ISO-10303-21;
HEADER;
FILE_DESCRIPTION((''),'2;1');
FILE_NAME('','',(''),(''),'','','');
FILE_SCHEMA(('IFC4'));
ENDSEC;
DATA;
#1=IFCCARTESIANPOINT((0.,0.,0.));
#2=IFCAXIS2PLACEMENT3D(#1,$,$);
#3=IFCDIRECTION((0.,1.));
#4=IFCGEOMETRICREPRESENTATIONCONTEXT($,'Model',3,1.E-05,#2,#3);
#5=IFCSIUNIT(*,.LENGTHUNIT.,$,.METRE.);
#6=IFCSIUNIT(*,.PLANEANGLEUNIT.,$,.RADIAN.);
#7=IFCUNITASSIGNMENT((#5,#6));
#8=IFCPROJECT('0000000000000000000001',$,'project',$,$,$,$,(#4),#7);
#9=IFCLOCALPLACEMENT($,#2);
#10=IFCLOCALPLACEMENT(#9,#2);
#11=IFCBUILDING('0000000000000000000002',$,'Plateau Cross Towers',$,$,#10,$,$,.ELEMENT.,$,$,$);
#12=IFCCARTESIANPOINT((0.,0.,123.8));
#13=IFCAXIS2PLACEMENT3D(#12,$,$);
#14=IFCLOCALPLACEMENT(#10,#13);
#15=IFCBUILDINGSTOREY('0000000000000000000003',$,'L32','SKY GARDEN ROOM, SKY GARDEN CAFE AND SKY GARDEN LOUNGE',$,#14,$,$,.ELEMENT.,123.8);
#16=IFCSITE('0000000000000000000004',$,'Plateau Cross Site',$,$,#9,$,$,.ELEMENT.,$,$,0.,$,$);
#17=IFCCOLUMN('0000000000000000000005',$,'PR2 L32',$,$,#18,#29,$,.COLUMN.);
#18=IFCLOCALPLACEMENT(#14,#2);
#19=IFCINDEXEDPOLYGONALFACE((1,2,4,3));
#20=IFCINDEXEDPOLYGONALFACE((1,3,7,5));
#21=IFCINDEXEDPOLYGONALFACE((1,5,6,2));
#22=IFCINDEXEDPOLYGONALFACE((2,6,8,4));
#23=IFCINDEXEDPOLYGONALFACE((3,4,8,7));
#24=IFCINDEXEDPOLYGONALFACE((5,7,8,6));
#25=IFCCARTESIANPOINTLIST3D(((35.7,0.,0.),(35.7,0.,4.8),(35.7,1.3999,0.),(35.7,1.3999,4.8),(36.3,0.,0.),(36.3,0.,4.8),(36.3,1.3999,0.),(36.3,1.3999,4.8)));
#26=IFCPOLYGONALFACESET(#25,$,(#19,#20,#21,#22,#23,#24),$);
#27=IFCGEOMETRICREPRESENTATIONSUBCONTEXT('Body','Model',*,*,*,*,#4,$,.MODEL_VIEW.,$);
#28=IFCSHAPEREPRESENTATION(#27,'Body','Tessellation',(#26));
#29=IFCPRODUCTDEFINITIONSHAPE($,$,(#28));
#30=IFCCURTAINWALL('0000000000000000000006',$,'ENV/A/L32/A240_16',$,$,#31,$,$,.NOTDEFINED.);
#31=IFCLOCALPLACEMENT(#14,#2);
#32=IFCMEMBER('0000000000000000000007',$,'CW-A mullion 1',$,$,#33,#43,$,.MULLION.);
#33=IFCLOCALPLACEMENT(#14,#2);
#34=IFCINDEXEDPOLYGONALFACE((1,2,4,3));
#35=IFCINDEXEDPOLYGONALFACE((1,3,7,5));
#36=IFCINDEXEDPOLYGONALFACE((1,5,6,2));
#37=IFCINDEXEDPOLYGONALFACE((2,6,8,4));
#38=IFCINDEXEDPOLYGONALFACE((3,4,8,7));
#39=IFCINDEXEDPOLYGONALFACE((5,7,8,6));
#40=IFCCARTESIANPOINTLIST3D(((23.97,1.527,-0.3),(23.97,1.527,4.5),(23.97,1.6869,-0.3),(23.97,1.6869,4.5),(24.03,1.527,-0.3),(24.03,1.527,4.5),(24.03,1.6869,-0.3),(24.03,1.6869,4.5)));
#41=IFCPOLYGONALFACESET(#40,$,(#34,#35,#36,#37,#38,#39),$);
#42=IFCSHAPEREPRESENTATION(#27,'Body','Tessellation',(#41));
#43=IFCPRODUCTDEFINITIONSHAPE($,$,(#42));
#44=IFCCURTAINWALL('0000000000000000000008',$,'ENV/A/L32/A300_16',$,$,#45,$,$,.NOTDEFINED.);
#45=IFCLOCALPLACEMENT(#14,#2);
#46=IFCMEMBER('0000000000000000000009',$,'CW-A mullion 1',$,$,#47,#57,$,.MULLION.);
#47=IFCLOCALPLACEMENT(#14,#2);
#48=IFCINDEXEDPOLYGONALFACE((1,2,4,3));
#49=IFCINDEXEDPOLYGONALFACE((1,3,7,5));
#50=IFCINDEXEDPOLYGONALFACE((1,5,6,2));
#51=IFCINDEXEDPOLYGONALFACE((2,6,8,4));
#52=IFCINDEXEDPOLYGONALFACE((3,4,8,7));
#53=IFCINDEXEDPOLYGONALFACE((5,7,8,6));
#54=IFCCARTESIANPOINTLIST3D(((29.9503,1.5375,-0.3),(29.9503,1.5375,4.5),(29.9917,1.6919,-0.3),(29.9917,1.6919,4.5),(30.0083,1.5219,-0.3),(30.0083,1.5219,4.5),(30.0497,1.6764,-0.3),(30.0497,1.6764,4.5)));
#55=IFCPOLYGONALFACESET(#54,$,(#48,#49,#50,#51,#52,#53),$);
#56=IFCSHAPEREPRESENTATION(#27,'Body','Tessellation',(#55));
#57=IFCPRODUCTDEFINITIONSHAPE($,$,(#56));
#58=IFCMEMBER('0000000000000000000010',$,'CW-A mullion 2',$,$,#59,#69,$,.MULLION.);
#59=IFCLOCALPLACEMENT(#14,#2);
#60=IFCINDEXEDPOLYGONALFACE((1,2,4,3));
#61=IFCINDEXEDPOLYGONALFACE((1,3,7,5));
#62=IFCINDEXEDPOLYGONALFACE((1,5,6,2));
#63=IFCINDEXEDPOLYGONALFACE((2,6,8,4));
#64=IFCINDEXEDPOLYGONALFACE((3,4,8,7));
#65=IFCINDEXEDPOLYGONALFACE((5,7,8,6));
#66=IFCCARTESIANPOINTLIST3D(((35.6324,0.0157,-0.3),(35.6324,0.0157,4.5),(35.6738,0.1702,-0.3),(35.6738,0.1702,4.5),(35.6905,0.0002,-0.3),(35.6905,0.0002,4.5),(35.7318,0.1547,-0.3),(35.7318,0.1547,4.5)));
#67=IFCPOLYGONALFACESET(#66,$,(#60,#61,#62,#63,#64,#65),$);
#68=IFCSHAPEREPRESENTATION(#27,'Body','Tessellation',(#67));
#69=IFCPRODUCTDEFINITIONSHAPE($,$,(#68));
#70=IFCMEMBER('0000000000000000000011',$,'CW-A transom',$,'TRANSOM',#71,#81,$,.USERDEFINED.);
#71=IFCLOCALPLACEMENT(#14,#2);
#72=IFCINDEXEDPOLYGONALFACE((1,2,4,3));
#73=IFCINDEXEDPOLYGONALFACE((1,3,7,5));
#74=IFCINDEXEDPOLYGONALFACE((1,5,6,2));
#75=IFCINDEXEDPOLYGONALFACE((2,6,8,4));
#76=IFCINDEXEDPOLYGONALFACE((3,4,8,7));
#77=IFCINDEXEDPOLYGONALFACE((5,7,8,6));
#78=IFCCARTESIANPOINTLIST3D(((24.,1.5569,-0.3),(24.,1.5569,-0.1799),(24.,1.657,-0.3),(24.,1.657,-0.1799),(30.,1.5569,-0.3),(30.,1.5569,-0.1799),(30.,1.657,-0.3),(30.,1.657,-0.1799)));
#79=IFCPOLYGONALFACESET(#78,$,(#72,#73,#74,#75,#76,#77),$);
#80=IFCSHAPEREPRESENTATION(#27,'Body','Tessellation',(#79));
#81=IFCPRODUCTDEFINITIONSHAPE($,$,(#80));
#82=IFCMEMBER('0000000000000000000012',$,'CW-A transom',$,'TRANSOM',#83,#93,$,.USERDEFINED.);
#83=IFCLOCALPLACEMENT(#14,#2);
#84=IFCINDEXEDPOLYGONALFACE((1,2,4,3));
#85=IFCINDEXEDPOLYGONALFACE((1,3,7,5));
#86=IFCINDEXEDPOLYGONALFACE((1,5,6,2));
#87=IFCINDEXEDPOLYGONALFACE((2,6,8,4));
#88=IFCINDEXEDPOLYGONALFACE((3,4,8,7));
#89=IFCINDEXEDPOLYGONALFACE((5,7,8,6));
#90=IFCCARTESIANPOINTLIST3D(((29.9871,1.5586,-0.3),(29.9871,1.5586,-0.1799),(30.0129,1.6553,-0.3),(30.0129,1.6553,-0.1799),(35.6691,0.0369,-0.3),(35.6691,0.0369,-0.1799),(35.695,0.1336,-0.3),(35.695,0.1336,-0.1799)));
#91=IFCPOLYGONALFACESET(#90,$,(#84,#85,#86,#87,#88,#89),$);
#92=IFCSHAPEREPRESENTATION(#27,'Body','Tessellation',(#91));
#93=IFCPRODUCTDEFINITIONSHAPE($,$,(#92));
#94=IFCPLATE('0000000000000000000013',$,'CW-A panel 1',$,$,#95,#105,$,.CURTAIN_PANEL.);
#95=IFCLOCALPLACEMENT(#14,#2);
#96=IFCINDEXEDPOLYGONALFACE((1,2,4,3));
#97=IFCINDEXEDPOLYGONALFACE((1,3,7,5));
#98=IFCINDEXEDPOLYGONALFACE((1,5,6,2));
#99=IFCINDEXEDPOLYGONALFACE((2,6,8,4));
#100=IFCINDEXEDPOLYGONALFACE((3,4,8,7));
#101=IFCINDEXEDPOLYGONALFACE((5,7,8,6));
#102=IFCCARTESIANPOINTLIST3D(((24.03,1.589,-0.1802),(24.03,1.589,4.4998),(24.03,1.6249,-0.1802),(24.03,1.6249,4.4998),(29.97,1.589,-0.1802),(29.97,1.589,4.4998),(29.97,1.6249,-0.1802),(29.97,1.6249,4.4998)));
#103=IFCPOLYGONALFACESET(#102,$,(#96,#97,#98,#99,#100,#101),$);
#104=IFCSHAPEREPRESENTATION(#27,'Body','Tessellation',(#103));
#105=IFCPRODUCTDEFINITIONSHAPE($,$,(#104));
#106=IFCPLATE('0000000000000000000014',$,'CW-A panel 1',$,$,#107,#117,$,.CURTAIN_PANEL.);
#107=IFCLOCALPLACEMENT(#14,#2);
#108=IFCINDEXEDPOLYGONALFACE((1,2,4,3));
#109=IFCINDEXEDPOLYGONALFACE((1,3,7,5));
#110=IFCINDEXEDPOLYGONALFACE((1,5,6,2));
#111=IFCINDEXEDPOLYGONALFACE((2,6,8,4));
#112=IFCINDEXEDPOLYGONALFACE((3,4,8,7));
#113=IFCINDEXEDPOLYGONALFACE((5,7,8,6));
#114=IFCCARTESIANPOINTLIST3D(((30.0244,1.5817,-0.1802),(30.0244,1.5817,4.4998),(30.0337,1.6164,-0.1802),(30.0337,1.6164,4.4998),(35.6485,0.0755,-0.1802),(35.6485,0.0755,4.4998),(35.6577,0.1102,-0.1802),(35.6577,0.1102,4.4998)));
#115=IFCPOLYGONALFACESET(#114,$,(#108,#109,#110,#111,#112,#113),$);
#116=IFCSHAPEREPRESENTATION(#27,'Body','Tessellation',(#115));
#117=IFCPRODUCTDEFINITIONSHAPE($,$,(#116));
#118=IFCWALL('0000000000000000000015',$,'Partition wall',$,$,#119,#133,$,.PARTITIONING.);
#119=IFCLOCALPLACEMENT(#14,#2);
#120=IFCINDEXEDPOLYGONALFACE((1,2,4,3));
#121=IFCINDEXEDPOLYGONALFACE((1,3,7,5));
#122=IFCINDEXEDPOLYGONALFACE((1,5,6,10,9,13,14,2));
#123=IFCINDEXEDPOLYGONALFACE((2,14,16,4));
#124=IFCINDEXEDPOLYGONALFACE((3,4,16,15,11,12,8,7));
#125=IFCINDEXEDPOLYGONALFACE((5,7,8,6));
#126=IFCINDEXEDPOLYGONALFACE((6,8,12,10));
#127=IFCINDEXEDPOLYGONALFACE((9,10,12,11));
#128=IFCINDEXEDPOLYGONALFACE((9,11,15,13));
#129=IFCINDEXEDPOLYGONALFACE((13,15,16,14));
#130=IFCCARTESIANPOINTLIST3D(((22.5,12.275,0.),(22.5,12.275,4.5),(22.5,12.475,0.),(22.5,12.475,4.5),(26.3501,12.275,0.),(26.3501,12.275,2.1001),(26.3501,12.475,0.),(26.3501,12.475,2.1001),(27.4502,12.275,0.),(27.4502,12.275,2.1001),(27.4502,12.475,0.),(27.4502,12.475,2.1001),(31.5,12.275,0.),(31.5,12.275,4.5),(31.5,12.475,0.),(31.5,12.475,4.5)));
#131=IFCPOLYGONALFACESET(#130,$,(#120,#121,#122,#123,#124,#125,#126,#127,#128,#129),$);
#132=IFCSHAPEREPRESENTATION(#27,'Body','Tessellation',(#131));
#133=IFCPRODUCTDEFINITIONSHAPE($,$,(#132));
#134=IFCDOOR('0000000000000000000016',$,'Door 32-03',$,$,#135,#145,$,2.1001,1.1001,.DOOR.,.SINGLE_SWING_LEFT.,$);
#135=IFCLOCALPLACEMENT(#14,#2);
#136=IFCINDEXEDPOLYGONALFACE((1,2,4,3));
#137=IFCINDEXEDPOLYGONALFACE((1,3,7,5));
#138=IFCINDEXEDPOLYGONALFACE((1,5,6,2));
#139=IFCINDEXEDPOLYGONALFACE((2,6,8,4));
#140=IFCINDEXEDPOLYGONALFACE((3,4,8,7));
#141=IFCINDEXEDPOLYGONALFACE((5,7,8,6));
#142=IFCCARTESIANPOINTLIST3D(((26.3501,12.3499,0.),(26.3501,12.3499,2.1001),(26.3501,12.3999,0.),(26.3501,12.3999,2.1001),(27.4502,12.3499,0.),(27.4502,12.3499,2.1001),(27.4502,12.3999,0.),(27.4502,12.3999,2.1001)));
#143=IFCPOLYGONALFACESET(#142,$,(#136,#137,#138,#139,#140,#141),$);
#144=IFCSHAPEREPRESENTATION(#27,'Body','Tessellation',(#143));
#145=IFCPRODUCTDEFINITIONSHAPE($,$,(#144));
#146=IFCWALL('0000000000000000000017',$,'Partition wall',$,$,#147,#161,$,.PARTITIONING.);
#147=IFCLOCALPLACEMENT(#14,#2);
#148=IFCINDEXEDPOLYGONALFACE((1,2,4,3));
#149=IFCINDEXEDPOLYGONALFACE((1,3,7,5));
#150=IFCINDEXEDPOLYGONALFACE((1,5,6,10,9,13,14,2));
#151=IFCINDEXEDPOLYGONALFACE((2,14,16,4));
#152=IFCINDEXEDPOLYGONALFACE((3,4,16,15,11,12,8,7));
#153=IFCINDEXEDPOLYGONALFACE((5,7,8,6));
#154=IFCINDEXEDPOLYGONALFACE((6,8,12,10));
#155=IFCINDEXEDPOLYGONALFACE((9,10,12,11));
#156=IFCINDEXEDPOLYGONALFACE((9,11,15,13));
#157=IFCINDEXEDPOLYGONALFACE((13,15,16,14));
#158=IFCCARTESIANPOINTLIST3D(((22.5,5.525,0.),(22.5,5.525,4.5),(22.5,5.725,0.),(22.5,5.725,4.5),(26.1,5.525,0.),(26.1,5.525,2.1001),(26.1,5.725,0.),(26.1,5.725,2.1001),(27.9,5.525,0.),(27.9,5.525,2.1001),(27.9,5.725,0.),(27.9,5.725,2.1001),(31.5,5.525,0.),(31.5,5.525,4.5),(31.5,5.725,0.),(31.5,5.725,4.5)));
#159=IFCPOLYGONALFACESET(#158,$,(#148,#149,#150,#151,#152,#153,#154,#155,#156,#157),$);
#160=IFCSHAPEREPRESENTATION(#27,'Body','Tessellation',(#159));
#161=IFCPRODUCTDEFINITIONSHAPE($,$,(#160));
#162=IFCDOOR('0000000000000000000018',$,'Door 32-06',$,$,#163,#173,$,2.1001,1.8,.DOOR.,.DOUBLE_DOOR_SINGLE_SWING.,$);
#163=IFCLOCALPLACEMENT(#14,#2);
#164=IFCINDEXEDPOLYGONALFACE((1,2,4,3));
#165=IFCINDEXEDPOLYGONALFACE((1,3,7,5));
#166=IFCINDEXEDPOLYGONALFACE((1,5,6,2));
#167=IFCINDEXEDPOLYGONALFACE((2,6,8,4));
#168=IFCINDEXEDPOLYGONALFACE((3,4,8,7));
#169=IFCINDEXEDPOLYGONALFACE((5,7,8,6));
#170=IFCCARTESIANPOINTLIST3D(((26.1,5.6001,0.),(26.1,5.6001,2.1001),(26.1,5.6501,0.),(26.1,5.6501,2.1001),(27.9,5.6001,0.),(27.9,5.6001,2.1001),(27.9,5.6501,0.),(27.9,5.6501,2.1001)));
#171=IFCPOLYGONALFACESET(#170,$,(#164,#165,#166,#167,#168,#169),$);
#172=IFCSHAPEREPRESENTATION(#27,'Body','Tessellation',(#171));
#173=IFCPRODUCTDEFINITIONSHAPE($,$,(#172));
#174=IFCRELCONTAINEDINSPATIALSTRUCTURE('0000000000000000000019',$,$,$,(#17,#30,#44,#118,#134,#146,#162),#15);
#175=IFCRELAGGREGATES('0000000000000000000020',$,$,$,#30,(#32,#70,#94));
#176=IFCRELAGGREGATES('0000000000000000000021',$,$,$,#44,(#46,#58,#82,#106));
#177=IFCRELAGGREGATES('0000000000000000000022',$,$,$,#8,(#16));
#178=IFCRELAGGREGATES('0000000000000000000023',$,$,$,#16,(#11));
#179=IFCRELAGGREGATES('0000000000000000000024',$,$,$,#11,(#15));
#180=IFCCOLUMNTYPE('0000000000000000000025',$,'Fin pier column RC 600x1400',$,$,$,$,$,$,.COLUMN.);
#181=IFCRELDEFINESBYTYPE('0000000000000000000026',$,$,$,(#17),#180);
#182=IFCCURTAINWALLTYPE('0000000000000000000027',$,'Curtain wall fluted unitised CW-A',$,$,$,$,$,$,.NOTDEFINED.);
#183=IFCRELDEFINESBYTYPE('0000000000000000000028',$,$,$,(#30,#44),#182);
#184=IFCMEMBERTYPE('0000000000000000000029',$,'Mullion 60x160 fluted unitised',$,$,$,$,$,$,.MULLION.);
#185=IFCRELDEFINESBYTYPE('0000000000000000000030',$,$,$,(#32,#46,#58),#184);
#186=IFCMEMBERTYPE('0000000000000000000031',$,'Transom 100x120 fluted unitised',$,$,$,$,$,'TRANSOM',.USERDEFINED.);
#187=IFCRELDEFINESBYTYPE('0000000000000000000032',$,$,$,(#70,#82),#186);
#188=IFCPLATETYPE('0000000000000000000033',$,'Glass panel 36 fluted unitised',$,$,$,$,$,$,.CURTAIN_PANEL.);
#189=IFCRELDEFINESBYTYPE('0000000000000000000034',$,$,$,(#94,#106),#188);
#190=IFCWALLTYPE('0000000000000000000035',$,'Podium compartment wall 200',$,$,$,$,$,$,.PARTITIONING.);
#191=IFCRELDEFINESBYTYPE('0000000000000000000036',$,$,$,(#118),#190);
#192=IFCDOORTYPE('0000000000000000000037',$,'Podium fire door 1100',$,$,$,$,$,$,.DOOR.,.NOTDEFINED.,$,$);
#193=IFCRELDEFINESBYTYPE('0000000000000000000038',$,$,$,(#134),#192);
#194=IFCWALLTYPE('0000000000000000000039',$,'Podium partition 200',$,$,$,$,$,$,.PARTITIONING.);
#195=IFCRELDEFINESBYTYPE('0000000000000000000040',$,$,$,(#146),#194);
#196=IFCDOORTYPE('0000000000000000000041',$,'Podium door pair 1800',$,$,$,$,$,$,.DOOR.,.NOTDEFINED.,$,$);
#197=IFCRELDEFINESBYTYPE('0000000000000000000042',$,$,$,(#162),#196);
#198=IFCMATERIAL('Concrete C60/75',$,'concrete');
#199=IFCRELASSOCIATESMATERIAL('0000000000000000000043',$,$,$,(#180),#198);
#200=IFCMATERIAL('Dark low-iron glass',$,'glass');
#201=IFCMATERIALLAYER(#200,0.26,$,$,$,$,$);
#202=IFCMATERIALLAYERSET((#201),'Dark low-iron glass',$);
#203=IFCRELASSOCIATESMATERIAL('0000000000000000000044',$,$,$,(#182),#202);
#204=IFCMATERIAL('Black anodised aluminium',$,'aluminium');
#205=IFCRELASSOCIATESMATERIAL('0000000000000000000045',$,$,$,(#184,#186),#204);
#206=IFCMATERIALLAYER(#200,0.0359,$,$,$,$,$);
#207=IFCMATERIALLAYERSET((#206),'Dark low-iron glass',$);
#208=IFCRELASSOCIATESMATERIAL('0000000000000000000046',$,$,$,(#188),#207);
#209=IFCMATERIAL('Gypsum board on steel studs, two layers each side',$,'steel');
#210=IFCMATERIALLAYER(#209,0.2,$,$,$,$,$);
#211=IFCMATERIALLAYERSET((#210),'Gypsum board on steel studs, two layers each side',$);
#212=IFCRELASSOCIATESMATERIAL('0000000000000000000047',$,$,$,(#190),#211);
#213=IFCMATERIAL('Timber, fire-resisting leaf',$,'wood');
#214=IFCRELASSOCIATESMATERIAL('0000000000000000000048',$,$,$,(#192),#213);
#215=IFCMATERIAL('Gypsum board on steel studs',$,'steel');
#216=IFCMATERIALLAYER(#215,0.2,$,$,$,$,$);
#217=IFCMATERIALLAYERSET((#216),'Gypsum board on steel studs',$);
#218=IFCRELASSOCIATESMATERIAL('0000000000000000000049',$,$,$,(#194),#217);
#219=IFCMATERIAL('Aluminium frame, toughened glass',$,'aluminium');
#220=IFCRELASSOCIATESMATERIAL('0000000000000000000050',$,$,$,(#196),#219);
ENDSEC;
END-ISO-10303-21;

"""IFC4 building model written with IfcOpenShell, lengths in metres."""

from ifc_helpers import new_model, si_unit, direction, frame, frame_2d, origin, origin_2d, place, context, subcontext, project, spatial, rectangle, extrude, material, layer, layer_set, material_profile, profile_set, type_object, element, fill, aggregate, save


model = new_model("IFC4")

# Units and contexts
model_context = context("Model", 3, precision=1e-05, world=origin(), true_north=direction((0.0, 1.0)))
body_context = subcontext(model_context, "Body", "Model", "MODEL_VIEW")
ifc_project = project(units=[si_unit("LENGTHUNIT", "METRE"), si_unit("PLANEANGLEUNIT", "RADIAN")], contexts=[model_context])

# Site, building, storey
site_placement = place(None, origin())
site = spatial("IfcSite", under=ifc_project, at=site_placement, Name="Plateau Cross Site", CompositionType="ELEMENT", RefElevation=0.0)
building_placement = place(site_placement, origin())
building = spatial("IfcBuilding", under=site, at=building_placement, Name="Plateau Cross Towers", CompositionType="ELEMENT")
storey_placement = place(building_placement, frame((0.0, 0.0, 123.8)))
storey = spatial("IfcBuildingStorey", under=building, at=storey_placement, Name="L32", Description="SKY GARDEN ROOM, SKY GARDEN CAFE AND SKY GARDEN LOUNGE", CompositionType="ELEMENT", Elevation=123.8)

# Column
ifc_material_1 = material(Name="Concrete C60/75", Category="concrete")
ifc_material_profile_1 = material_profile(ifc_material_1, rectangle(XDim=0.6001, YDim=1.3999, at=origin_2d()), Name="RC 600x1400")
ifc_profile_set_1 = profile_set([ifc_material_profile_1], Name="Concrete C60/75")
column_type = type_object("IfcColumnType", Name="Fin pier column RC 600x1400", PredefinedType="COLUMN", material=ifc_profile_set_1)
column_placement = place(storey_placement, frame((36.0, 0.7, 0.0), z_axis=(0.0, 0.0, 1.0), x_axis=(1.0, 0.0, 0.0)))
element("IfcColumn", 1, at=column_placement, inside=storey, type_object=column_type, Name="PR2 L32", PredefinedType="COLUMN", context=body_context, shape_type="SweptSolid", body=[
    extrude(rectangle(XDim=0.6001, YDim=1.3999, at=origin_2d()), origin(), (0.0, 0.0, 1.0), 4.8),
])

# Curtain wall, member
ifc_material_2 = material(Name="Dark low-iron glass", Category="glass")
ifc_layer_1 = layer(ifc_material_2, 0.26)
ifc_layer_set_1 = layer_set([ifc_layer_1], Name="Dark low-iron glass")
curtain_wall_type = type_object("IfcCurtainWallType", Name="Curtain wall fluted unitised CW-A", PredefinedType="NOTDEFINED", material=ifc_layer_set_1)
curtain_wall_1_placement = place(storey_placement, origin())
curtain_wall_1 = element("IfcCurtainWall", 2, at=curtain_wall_1_placement, inside=storey, type_object=curtain_wall_type, Name="ENV/A/L32/A240_16", PredefinedType="NOTDEFINED")
ifc_material_3 = material(Name="Black anodised aluminium", Category="aluminium")
ifc_material_profile_2 = material_profile(ifc_material_3, rectangle(XDim=0.0601, YDim=0.1599, at=origin_2d()), Name="MULLION 60x160")
ifc_profile_set_2 = profile_set([ifc_material_profile_2], Name="Black anodised aluminium")
member_type_1 = type_object("IfcMemberType", Name="Mullion 60x160 fluted unitised", PredefinedType="MULLION", material=ifc_profile_set_2)
member_1_placement = place(storey_placement, frame((24.0, 1.6069, -0.3), z_axis=(0.0, 0.0, 1.0), x_axis=(1.0, 0.0, 0.0)))
member_1 = element("IfcMember", 3, at=member_1_placement, type_object=member_type_1, Name="CW-A mullion 1", PredefinedType="MULLION", context=body_context, shape_type="SweptSolid", body=[
    extrude(rectangle(XDim=0.0601, YDim=0.1599, at=origin_2d()), origin(), (0.0, 0.0, 1.0), 4.8),
])

# Curtain wall, members
curtain_wall_2_placement = place(storey_placement, origin())
curtain_wall_2 = element("IfcCurtainWall", 4, at=curtain_wall_2_placement, inside=storey, type_object=curtain_wall_type, Name="ENV/A/L32/A300_16", PredefinedType="NOTDEFINED")
member_2_placement = place(storey_placement, frame((30.0, 1.6069, -0.3), z_axis=(0.0, 0.0, 1.0), x_axis=(0.965958, -0.258699, 0.0)))
member_2 = element("IfcMember", 5, at=member_2_placement, type_object=member_type_1, Name="CW-A mullion 1", PredefinedType="MULLION", context=body_context, shape_type="SweptSolid", body=[
    extrude(rectangle(XDim=0.0601, YDim=0.1599, at=origin_2d()), origin(), (0.0, 0.0, 1.0), 4.8),
])
member_3_placement = place(storey_placement, frame((35.6821, 0.0852, -0.3), z_axis=(0.0, 0.0, 1.0), x_axis=(0.965958, -0.258699, 0.0)))
member_3 = element("IfcMember", 6, at=member_3_placement, type_object=member_type_1, Name="CW-A mullion 2", PredefinedType="MULLION", context=body_context, shape_type="SweptSolid", body=[
    extrude(rectangle(XDim=0.0601, YDim=0.1599, at=origin_2d()), origin(), (0.0, 0.0, 1.0), 4.8),
])

# Members
ifc_material_profile_3 = material_profile(ifc_material_3, rectangle(XDim=0.1001, YDim=0.1201, at=origin_2d()), Name="TRANSOM 100x120")
ifc_profile_set_3 = profile_set([ifc_material_profile_3], Name="Black anodised aluminium")
member_type_2 = type_object("IfcMemberType", Name="Transom 100x120 fluted unitised", ElementType="TRANSOM", PredefinedType="USERDEFINED", material=ifc_profile_set_3)
member_4_placement = place(storey_placement, frame((24.0, 1.6069, -0.24), z_axis=(1.0, 0.0, 0.0), x_axis=(0.0, 1.0, 0.0)))
member_4 = element("IfcMember", 7, at=member_4_placement, type_object=member_type_2, Name="CW-A transom", ObjectType="TRANSOM", PredefinedType="USERDEFINED", context=body_context, shape_type="SweptSolid", body=[
    extrude(rectangle(XDim=0.1001, YDim=0.1201, at=origin_2d()), origin(), (0.0, 0.0, 1.0), 6.0),
])
member_5_placement = place(storey_placement, frame((30.0, 1.6069, -0.24), z_axis=(0.96596, -0.258693, 0.0), x_axis=(0.258693, 0.96596, 0.0)))
member_5 = element("IfcMember", 8, at=member_5_placement, type_object=member_type_2, Name="CW-A transom", ObjectType="TRANSOM", PredefinedType="USERDEFINED", context=body_context, shape_type="SweptSolid", body=[
    extrude(rectangle(XDim=0.1001, YDim=0.1201, at=origin_2d()), origin(), (0.0, 0.0, 1.0), 5.8823),
])

# Plates
ifc_layer_2 = layer(ifc_material_2, 0.0359)
ifc_layer_set_2 = layer_set([ifc_layer_2], Name="Dark low-iron glass")
plate_type = type_object("IfcPlateType", Name="Glass panel 36 fluted unitised", PredefinedType="CURTAIN_PANEL", material=ifc_layer_set_2)
plate_1_placement = place(storey_placement, frame((27.0, 1.6069, -0.1802), z_axis=(0.0, 0.0, 1.0), x_axis=(1.0, 0.0, 0.0)))
plate_1 = element("IfcPlate", 9, at=plate_1_placement, type_object=plate_type, Name="CW-A panel 1", PredefinedType="CURTAIN_PANEL", context=body_context, shape_type="SweptSolid", body=[
    extrude(rectangle(XDim=5.9399, YDim=0.0359, at=origin_2d()), origin(), (0.0, 0.0, 1.0), 4.6799),
])
aggregate(curtain_wall_1, [member_1, member_4, plate_1])
plate_2_placement = place(storey_placement, frame((32.8411, 0.8459, -0.1802), z_axis=(0.0, 0.0, 1.0), x_axis=(0.965958, -0.258699, 0.0)))
plate_2 = element("IfcPlate", 10, at=plate_2_placement, type_object=plate_type, Name="CW-A panel 1", PredefinedType="CURTAIN_PANEL", context=body_context, shape_type="SweptSolid", body=[
    extrude(rectangle(XDim=5.8223, YDim=0.0359, at=origin_2d()), origin(), (0.0, 0.0, 1.0), 4.6799),
])
aggregate(curtain_wall_2, [member_2, member_3, member_5, plate_2])

# Walls, openings, doors
ifc_material_4 = material(Name="Gypsum board on steel studs, two layers each side", Category="steel")
ifc_layer_3 = layer(ifc_material_4, 0.2)
ifc_layer_set_3 = layer_set([ifc_layer_3], Name="Gypsum board on steel studs, two layers each side")
wall_type_1 = type_object("IfcWallType", Name="Podium compartment wall 200", PredefinedType="PARTITIONING", material=ifc_layer_set_3)
wall_1_placement = place(storey_placement, frame((22.5, 12.375, 0.0), z_axis=(0.0, 0.0, 1.0), x_axis=(1.0, 0.0, 0.0)))
wall_1 = element("IfcWall", 11, at=wall_1_placement, inside=storey, type_object=wall_type_1, Name="Partition wall", PredefinedType="PARTITIONING", context=body_context, shape_type="SweptSolid", body=[
    extrude(rectangle(XDim=9.0, YDim=0.2, at=frame_2d((4.5, 0.0))), origin(), (0.0, 0.0, 1.0), 4.5),
])
opening_1_placement = place(wall_1_placement, frame((3.8501, 0.0, 0.0)))
opening_1 = element("IfcOpeningElement", 12, at=opening_1_placement, cuts=wall_1, PredefinedType="OPENING", context=body_context, shape_type="SweptSolid", body=[
    extrude(rectangle(XDim=1.1001, YDim=2.1001, at=frame_2d((0.55, 1.05))), frame((0.0, 0.1099, 0.0), z_axis=(0.0, -1.0, 0.0), x_axis=(1.0, 0.0, 0.0)), (0.0, 0.0, 1.0), 0.22),
])
ifc_material_5 = material(Name="Timber, fire-resisting leaf", Category="wood")
door_type_1 = type_object("IfcDoorType", Name="Podium fire door 1100", OperationType="NOTDEFINED", PredefinedType="DOOR", material=ifc_material_5)
door_1_placement = place(opening_1_placement, origin())
door_1 = element("IfcDoor", 13, at=door_1_placement, inside=storey, type_object=door_type_1, Name="Door 32-03", OperationType="SINGLE_SWING_LEFT", OverallHeight=2.1001, OverallWidth=1.1001, PredefinedType="DOOR", context=body_context, shape_type="SweptSolid", body=[
    extrude(rectangle(XDim=1.1001, YDim=2.1001, at=frame_2d((0.55, 1.05))), frame((0.0, 0.0249, 0.0), z_axis=(0.0, -1.0, 0.0), x_axis=(1.0, 0.0, 0.0)), (0.0, 0.0, 1.0), 0.05),
])
fill(opening_1, door_1)
ifc_material_6 = material(Name="Gypsum board on steel studs", Category="steel")
ifc_layer_4 = layer(ifc_material_6, 0.2)
ifc_layer_set_4 = layer_set([ifc_layer_4], Name="Gypsum board on steel studs")
wall_type_2 = type_object("IfcWallType", Name="Podium partition 200", PredefinedType="PARTITIONING", material=ifc_layer_set_4)
wall_2_placement = place(storey_placement, frame((31.5, 5.625, 0.0), z_axis=(0.0, 0.0, 1.0), x_axis=(-1.0, 0.0, 0.0)))
wall_2 = element("IfcWall", 14, at=wall_2_placement, inside=storey, type_object=wall_type_2, Name="Partition wall", PredefinedType="PARTITIONING", context=body_context, shape_type="SweptSolid", body=[
    extrude(rectangle(XDim=9.0, YDim=0.2, at=frame_2d((4.5, 0.0))), origin(), (0.0, 0.0, 1.0), 4.5),
])
opening_2_placement = place(wall_2_placement, frame((3.6001, 0.0, 0.0)))
opening_2 = element("IfcOpeningElement", 15, at=opening_2_placement, cuts=wall_2, PredefinedType="OPENING", context=body_context, shape_type="SweptSolid", body=[
    extrude(rectangle(XDim=1.8, YDim=2.1001, at=frame_2d((0.8999, 1.05))), frame((0.0, 0.1099, 0.0), z_axis=(0.0, -1.0, 0.0), x_axis=(1.0, 0.0, 0.0)), (0.0, 0.0, 1.0), 0.22),
])
ifc_material_7 = material(Name="Aluminium frame, toughened glass", Category="aluminium")
door_type_2 = type_object("IfcDoorType", Name="Podium door pair 1800", OperationType="NOTDEFINED", PredefinedType="DOOR", material=ifc_material_7)
door_2_placement = place(opening_2_placement, origin())
door_2 = element("IfcDoor", 16, at=door_2_placement, inside=storey, type_object=door_type_2, Name="Door 32-06", OperationType="DOUBLE_DOOR_SINGLE_SWING", OverallHeight=2.1001, OverallWidth=1.8, PredefinedType="DOOR", context=body_context, shape_type="SweptSolid", body=[
    extrude(rectangle(XDim=1.8, YDim=2.1001, at=frame_2d((0.8999, 1.05))), frame((0.0, 0.0249, 0.0), z_axis=(0.0, -1.0, 0.0), x_axis=(1.0, 0.0, 0.0)), (0.0, 0.0, 1.0), 0.05),
])
fill(opening_2, door_2)

save(model, "model.ifc")
